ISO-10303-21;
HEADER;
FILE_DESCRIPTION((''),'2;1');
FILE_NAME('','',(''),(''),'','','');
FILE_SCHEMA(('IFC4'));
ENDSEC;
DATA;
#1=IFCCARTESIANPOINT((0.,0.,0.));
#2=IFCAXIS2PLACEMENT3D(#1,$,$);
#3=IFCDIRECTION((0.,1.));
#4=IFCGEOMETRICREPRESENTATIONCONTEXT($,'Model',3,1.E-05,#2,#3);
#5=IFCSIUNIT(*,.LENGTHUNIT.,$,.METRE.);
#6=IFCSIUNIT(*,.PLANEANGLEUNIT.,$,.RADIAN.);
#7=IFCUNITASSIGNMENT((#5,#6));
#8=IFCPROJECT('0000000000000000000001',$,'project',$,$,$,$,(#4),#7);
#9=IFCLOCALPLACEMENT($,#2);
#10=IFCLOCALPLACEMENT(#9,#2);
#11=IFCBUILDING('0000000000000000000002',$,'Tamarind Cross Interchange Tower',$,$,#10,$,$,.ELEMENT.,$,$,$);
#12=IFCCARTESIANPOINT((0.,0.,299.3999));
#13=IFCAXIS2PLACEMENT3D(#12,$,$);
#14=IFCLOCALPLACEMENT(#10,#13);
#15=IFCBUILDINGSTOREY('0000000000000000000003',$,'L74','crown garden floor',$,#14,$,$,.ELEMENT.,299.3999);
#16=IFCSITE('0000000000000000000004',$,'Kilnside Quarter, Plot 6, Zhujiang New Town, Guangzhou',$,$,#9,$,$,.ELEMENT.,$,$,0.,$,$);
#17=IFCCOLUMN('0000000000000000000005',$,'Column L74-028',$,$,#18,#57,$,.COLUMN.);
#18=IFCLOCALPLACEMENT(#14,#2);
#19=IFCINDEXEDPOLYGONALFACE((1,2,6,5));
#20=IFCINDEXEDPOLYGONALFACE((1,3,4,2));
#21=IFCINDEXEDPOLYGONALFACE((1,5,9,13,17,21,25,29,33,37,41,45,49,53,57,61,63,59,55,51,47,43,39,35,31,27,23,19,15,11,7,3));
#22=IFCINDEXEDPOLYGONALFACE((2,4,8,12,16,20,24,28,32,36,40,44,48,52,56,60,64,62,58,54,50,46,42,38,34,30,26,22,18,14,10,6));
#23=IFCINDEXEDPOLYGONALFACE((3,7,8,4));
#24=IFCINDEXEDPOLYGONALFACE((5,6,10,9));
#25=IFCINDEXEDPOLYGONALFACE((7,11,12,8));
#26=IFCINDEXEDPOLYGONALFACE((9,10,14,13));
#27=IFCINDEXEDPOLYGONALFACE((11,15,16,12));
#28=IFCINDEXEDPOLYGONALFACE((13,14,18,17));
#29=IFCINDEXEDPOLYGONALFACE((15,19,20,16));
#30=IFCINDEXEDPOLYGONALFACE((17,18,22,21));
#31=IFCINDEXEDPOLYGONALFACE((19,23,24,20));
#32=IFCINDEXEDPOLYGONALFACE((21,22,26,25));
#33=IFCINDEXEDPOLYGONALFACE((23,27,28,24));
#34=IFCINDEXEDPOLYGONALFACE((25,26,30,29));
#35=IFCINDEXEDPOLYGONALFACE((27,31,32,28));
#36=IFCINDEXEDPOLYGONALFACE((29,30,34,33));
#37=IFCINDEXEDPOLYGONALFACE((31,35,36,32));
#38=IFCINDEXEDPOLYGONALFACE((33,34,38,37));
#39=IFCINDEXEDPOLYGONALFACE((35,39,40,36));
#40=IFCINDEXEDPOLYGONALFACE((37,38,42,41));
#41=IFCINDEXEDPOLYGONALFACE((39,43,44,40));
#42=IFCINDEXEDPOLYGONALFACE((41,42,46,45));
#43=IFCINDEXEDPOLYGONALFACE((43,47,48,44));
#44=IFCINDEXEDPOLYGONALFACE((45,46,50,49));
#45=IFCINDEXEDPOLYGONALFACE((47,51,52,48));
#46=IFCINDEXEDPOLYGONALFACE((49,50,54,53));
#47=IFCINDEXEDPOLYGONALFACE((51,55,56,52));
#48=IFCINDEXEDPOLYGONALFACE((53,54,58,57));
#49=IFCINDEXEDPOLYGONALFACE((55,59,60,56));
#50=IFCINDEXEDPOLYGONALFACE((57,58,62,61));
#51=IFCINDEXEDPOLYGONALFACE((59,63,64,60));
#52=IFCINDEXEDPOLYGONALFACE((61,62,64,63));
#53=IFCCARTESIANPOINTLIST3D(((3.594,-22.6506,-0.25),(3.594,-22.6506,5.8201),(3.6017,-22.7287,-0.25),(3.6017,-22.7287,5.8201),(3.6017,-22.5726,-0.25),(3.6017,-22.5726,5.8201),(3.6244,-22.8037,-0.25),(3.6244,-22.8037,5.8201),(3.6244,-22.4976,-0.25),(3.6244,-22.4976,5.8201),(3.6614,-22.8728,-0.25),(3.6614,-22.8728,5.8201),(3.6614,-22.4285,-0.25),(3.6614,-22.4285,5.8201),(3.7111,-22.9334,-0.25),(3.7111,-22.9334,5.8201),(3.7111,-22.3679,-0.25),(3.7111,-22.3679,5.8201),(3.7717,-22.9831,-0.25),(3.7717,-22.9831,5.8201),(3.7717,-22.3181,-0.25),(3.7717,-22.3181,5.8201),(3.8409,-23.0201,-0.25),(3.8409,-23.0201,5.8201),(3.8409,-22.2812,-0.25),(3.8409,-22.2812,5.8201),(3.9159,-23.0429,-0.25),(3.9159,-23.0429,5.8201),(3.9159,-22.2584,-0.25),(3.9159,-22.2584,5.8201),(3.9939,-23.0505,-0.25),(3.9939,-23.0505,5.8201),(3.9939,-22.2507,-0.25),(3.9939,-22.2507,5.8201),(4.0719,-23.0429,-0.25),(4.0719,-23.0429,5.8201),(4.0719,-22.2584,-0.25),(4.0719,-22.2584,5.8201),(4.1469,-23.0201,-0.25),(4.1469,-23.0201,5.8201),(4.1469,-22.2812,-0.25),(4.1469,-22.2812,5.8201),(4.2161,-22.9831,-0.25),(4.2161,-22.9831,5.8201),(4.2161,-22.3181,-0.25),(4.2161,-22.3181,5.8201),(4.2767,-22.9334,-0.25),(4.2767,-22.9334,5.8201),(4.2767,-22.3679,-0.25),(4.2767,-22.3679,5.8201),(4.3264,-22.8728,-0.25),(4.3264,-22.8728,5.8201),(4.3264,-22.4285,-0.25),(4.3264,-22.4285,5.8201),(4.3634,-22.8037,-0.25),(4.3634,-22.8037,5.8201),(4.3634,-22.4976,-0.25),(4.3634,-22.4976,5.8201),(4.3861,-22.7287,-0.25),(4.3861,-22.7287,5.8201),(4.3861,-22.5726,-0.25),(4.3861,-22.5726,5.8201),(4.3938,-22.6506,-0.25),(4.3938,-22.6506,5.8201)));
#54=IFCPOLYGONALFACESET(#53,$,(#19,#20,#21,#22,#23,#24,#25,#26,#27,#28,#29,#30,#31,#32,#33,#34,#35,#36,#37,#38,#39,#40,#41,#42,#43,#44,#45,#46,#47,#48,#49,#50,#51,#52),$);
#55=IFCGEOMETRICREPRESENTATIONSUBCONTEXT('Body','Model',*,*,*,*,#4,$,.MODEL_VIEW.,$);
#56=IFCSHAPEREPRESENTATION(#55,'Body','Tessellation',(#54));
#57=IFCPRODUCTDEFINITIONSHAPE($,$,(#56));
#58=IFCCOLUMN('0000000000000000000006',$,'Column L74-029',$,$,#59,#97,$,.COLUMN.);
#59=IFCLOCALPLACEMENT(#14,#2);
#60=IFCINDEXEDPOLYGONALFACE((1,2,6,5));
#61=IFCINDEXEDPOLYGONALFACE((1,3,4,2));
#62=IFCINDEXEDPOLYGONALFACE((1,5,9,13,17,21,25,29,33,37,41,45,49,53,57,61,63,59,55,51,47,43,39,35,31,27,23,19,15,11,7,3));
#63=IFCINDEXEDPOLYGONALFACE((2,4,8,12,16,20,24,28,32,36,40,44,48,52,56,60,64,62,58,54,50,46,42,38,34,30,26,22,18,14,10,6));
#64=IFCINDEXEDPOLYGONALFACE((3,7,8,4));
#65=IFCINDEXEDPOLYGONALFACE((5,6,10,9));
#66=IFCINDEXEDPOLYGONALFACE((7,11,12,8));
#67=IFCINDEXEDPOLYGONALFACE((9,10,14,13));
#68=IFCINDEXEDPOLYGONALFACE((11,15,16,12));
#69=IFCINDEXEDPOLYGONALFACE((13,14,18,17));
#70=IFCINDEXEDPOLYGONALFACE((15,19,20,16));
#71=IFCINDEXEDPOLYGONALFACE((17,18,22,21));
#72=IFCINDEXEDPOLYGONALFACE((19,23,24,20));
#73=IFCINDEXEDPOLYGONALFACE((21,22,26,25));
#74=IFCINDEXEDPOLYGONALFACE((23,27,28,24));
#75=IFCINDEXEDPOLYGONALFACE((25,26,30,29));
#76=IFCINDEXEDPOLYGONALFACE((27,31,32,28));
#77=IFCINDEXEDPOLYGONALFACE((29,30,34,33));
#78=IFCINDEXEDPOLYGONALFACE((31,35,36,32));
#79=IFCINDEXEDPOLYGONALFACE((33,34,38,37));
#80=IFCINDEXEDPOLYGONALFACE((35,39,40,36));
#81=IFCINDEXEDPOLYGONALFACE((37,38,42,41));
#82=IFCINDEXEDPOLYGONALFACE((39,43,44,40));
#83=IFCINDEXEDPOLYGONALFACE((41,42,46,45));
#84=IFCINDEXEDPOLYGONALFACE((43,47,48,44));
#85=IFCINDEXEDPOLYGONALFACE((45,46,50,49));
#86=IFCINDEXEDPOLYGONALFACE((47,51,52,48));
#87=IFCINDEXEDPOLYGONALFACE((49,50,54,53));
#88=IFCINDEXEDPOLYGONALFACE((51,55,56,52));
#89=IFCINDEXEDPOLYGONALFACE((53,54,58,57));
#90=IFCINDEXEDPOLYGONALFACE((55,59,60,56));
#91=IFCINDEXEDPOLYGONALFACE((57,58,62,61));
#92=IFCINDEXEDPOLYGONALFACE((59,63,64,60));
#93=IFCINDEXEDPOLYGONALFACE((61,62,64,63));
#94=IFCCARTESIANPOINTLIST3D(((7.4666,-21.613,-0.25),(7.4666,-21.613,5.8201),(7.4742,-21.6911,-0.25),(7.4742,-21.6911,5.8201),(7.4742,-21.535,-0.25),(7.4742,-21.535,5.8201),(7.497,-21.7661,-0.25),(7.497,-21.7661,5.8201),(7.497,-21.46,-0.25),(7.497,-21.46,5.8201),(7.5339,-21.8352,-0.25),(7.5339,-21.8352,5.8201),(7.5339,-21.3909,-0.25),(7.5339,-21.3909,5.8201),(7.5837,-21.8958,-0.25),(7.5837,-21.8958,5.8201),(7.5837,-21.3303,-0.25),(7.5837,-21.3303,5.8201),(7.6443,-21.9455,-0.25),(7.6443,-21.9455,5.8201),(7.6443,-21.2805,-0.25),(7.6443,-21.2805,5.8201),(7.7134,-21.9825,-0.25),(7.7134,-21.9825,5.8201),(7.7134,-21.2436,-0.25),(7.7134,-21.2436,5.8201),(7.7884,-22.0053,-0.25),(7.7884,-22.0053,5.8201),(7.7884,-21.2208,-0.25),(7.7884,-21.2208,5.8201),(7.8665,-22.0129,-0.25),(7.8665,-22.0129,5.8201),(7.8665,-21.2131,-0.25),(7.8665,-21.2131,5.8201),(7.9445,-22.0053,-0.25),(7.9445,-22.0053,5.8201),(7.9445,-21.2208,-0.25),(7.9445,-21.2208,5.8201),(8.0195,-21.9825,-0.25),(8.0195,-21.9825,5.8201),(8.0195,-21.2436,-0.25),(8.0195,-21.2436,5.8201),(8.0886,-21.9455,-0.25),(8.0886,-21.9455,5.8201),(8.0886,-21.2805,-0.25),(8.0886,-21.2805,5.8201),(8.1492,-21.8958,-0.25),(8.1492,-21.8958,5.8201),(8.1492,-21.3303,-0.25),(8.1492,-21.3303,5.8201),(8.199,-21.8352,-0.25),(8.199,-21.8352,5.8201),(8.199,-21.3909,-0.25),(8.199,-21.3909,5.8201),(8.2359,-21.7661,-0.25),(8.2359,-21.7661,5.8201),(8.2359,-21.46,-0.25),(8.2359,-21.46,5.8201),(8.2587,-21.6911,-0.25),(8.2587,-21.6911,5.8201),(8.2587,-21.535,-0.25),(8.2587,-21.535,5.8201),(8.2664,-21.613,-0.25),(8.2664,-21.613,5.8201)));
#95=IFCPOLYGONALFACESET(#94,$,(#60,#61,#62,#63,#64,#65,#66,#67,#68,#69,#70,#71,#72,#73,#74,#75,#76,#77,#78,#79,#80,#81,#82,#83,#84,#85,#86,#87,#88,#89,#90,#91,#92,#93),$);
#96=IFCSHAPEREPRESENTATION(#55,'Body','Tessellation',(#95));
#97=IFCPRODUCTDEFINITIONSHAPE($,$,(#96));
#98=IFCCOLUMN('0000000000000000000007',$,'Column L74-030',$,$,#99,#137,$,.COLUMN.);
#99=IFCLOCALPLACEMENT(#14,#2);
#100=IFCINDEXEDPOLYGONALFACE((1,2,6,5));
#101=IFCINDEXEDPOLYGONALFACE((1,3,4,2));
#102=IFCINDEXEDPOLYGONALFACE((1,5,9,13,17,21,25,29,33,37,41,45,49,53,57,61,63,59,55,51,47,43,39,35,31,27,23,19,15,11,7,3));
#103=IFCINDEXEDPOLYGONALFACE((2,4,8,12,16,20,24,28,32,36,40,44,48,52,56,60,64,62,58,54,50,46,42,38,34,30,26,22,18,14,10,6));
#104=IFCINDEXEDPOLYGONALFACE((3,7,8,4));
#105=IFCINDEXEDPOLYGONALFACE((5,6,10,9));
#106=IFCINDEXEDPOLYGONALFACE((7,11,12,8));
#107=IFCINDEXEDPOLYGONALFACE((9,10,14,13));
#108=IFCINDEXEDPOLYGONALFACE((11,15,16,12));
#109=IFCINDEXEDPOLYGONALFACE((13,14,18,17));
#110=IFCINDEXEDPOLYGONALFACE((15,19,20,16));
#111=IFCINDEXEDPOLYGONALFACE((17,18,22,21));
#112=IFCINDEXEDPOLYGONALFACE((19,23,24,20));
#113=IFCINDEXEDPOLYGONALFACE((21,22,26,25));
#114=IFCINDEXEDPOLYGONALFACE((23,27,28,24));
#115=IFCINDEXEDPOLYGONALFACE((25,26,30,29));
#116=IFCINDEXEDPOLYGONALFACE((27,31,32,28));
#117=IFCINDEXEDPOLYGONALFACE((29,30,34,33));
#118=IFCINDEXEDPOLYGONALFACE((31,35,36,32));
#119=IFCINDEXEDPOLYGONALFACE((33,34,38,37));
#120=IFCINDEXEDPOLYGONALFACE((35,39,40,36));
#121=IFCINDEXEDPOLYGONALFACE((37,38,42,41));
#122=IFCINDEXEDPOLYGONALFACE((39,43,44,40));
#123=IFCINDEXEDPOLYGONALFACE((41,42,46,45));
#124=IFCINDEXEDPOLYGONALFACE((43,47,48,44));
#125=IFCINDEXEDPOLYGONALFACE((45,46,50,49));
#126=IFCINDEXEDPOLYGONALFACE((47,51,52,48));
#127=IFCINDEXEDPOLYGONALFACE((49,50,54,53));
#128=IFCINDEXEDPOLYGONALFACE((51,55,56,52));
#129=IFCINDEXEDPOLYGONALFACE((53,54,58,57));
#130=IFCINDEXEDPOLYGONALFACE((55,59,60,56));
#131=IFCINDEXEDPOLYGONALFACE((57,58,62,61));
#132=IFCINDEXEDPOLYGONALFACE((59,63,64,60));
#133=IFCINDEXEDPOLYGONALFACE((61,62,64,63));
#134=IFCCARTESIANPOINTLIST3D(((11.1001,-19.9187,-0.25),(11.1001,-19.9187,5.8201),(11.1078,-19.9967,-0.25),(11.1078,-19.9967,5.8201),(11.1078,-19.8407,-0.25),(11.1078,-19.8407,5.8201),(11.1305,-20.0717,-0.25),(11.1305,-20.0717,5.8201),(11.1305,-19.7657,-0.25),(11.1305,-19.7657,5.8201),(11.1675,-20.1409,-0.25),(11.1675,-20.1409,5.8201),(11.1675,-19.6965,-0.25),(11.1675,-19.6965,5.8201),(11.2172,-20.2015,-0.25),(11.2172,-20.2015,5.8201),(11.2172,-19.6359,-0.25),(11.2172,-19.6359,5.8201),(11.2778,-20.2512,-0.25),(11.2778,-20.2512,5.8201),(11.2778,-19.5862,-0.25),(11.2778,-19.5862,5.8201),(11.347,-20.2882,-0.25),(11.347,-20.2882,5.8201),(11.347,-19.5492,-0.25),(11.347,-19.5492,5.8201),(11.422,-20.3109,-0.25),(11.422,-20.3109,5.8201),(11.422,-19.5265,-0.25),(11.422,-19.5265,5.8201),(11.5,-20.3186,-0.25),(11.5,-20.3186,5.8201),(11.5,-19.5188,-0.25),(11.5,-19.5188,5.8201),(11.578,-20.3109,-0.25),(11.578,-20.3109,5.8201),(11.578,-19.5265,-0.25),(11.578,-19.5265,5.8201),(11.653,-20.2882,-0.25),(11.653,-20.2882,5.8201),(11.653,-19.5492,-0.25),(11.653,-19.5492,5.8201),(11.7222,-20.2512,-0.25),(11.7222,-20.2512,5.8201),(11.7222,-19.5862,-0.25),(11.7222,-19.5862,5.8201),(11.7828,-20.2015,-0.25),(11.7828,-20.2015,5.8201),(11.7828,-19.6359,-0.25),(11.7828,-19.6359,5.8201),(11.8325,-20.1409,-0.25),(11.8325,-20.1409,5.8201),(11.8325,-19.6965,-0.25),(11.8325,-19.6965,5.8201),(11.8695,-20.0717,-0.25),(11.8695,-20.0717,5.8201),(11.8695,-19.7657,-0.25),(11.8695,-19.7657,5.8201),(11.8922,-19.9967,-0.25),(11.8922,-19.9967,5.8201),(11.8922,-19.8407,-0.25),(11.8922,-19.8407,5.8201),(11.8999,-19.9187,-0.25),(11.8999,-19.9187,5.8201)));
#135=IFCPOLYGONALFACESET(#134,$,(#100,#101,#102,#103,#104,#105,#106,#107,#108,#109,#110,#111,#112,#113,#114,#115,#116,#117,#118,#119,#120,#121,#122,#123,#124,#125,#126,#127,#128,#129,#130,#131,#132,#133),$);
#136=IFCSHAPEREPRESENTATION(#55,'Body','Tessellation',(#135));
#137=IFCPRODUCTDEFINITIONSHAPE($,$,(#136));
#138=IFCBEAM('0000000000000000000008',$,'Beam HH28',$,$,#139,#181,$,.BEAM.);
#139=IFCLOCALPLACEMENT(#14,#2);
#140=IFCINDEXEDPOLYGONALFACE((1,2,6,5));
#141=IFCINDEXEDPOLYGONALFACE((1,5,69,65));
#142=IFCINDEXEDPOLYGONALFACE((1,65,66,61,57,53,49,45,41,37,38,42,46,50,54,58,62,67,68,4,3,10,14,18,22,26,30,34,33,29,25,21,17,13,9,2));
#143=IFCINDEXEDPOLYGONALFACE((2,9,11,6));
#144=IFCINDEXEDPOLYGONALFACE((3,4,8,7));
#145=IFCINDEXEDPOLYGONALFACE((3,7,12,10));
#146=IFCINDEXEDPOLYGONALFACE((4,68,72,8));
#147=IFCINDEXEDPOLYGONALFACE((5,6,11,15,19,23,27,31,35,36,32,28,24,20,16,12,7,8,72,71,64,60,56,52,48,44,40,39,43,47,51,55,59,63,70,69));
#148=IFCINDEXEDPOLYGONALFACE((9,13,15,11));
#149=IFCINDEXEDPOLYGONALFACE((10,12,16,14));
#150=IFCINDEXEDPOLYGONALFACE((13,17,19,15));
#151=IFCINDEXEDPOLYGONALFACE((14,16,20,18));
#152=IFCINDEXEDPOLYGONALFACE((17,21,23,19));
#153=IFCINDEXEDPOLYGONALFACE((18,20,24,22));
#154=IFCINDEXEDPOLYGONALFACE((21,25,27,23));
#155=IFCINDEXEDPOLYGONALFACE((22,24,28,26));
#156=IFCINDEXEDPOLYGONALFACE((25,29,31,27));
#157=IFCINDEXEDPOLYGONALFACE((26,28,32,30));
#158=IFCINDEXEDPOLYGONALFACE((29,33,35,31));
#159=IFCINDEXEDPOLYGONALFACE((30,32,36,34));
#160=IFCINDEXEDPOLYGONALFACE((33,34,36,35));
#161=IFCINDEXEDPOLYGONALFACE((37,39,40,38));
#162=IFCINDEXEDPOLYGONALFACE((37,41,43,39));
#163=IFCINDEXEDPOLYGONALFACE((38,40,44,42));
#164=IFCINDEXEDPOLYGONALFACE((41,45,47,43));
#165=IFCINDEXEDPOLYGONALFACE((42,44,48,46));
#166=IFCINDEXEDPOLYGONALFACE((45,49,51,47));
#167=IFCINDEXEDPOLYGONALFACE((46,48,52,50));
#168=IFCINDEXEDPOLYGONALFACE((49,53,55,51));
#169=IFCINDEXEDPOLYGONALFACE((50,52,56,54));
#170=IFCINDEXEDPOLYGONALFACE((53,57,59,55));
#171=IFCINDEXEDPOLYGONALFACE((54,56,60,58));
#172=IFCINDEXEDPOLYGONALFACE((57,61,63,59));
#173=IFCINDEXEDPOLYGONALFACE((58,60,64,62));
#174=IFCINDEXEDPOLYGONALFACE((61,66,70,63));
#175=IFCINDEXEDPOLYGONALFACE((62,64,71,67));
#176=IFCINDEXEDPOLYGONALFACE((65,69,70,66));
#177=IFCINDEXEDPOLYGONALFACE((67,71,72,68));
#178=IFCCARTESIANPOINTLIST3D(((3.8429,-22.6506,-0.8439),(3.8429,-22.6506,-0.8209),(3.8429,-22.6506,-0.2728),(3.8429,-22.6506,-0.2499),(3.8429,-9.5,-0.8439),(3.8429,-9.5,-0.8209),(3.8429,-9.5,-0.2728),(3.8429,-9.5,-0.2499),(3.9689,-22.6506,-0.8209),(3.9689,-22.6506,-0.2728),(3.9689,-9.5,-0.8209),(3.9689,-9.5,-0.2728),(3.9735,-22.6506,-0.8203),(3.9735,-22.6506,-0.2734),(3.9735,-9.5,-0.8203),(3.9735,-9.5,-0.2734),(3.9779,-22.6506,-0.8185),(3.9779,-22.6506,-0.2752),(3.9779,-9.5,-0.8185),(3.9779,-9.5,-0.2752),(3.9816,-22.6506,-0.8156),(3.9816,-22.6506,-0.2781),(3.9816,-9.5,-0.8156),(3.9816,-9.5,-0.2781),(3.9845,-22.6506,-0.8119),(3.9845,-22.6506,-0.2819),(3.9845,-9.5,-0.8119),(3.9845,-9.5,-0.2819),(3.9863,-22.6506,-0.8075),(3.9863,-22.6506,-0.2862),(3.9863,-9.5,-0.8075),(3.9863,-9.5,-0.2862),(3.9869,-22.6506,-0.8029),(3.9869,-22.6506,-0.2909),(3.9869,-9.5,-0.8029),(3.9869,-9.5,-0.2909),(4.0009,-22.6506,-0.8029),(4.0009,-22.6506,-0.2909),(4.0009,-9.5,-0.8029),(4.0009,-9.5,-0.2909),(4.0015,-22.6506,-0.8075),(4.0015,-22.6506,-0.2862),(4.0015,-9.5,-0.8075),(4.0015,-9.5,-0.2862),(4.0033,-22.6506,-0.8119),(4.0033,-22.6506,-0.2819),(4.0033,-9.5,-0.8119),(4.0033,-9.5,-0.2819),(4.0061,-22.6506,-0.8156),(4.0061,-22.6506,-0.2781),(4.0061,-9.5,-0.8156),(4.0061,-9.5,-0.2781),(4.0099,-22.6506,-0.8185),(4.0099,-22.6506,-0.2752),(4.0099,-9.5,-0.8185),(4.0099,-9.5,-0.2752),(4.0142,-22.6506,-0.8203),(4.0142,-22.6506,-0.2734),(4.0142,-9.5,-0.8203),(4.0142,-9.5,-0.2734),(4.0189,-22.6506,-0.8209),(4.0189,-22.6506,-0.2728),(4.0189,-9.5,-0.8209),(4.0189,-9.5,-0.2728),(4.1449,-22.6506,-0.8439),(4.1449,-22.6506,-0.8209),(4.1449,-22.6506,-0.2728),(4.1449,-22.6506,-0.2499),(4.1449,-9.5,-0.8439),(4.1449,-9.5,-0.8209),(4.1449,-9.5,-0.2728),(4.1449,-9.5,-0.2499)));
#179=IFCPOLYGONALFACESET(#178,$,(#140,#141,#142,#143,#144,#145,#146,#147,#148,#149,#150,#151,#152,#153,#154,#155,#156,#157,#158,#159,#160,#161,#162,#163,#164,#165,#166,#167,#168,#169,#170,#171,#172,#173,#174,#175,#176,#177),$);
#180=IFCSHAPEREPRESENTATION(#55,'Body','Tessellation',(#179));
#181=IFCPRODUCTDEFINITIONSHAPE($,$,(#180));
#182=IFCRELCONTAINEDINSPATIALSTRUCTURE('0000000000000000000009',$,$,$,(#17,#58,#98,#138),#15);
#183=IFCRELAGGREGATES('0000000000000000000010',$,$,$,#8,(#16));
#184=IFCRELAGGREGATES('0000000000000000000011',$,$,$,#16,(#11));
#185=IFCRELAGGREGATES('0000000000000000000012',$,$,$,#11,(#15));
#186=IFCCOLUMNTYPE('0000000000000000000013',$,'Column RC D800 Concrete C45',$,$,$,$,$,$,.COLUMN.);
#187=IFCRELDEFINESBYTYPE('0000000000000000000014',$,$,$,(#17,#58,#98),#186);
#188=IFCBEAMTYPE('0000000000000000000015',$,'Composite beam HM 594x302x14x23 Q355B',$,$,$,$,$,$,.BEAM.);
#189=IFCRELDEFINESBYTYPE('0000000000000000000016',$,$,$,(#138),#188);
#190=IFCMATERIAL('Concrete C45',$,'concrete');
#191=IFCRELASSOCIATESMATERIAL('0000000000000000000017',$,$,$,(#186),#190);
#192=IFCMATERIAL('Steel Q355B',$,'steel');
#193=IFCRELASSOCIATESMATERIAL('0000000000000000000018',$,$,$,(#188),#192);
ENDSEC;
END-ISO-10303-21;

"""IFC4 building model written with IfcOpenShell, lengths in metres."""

from ifc_helpers import new_model, si_unit, direction, frame, origin, origin_2d, place, context, subcontext, project, spatial, circle, i_section, extrude, material, material_profile, profile_set, type_object, element, save


model = new_model("IFC4")

# Units and contexts
model_context = context("Model", 3, precision=1e-05, world=origin(), true_north=direction((0.0, 1.0)))
body_context = subcontext(model_context, "Body", "Model", "MODEL_VIEW")
ifc_project = project(units=[si_unit("LENGTHUNIT", "METRE"), si_unit("PLANEANGLEUNIT", "RADIAN")], contexts=[model_context])

# Site, building, storey
site_placement = place(None, origin())
site = spatial("IfcSite", under=ifc_project, at=site_placement, Name="Kilnside Quarter, Plot 6, Zhujiang New Town, Guangzhou", CompositionType="ELEMENT", RefElevation=0.0)
building_placement = place(site_placement, origin())
building = spatial("IfcBuilding", under=site, at=building_placement, Name="Tamarind Cross Interchange Tower", CompositionType="ELEMENT")
storey_placement = place(building_placement, frame((0.0, 0.0, 299.3999)))
storey = spatial("IfcBuildingStorey", under=building, at=storey_placement, Name="L74", Description="crown garden floor", CompositionType="ELEMENT", Elevation=299.3999)

# Columns
ifc_material_1 = material(Name="Concrete C45", Category="concrete")
ifc_material_profile_1 = material_profile(ifc_material_1, circle(Radius=0.3999, at=origin_2d()), Name="RC D800")
ifc_profile_set_1 = profile_set([ifc_material_profile_1], Name="Concrete C45")
column_type = type_object("IfcColumnType", Name="Column RC D800 Concrete C45", PredefinedType="COLUMN", material=ifc_profile_set_1)
for number, where, z_axis, x_axis, name in (
    (1, (3.9939, -22.6506, -0.25), (0.0, 0.0, 1.0), (1.0, 0.0, 0.0), "Column L74-028"),
    (2, (7.8665, -21.613, -0.25), (0.0, 0.0, 1.0), (1.0, 0.0, 0.0), "Column L74-029"),
    (3, (11.5, -19.9187, -0.25), (0.0, 0.0, 1.0), (1.0, 0.0, 0.0), "Column L74-030"),
):
    element("IfcColumn", number, at=place(storey_placement, frame(where, z_axis=z_axis, x_axis=x_axis)), inside=storey, type_object=column_type, Name=name, PredefinedType="COLUMN", context=body_context, shape_type="SweptSolid", body=[
        extrude(circle(Radius=0.3999, at=origin_2d()), origin(), (0.0, 0.0, 1.0), 6.0701),
    ])

# Beam
ifc_material_2 = material(Name="Steel Q355B", Category="steel")
ifc_material_profile_2 = material_profile(ifc_material_2, i_section(OverallWidth=0.302, OverallDepth=0.594, WebThickness=0.0139, FlangeThickness=0.0229, FilletRadius=0.0181, at=origin_2d()), Name="HM 594x302x14x23")
ifc_profile_set_2 = profile_set([ifc_material_profile_2], Name="Steel Q355B")
beam_type = type_object("IfcBeamType", Name="Composite beam HM 594x302x14x23 Q355B", PredefinedType="BEAM", material=ifc_profile_set_2)
beam_1_placement = place(storey_placement, frame((3.9939, -22.6506, -0.5469), z_axis=(0.0, 1.0, 0.0), x_axis=(-1.0, 0.0, 0.0)))
element("IfcBeam", 4, at=beam_1_placement, inside=storey, type_object=beam_type, Name="Beam HH28", PredefinedType="BEAM", context=body_context, shape_type="SweptSolid", body=[
    extrude(i_section(OverallWidth=0.302, OverallDepth=0.594, WebThickness=0.0139, FlangeThickness=0.0229, FilletRadius=0.0181, at=origin_2d()), origin(), (0.0, 0.0, 1.0), 13.1506),
])

save(model, "model.ifc")
